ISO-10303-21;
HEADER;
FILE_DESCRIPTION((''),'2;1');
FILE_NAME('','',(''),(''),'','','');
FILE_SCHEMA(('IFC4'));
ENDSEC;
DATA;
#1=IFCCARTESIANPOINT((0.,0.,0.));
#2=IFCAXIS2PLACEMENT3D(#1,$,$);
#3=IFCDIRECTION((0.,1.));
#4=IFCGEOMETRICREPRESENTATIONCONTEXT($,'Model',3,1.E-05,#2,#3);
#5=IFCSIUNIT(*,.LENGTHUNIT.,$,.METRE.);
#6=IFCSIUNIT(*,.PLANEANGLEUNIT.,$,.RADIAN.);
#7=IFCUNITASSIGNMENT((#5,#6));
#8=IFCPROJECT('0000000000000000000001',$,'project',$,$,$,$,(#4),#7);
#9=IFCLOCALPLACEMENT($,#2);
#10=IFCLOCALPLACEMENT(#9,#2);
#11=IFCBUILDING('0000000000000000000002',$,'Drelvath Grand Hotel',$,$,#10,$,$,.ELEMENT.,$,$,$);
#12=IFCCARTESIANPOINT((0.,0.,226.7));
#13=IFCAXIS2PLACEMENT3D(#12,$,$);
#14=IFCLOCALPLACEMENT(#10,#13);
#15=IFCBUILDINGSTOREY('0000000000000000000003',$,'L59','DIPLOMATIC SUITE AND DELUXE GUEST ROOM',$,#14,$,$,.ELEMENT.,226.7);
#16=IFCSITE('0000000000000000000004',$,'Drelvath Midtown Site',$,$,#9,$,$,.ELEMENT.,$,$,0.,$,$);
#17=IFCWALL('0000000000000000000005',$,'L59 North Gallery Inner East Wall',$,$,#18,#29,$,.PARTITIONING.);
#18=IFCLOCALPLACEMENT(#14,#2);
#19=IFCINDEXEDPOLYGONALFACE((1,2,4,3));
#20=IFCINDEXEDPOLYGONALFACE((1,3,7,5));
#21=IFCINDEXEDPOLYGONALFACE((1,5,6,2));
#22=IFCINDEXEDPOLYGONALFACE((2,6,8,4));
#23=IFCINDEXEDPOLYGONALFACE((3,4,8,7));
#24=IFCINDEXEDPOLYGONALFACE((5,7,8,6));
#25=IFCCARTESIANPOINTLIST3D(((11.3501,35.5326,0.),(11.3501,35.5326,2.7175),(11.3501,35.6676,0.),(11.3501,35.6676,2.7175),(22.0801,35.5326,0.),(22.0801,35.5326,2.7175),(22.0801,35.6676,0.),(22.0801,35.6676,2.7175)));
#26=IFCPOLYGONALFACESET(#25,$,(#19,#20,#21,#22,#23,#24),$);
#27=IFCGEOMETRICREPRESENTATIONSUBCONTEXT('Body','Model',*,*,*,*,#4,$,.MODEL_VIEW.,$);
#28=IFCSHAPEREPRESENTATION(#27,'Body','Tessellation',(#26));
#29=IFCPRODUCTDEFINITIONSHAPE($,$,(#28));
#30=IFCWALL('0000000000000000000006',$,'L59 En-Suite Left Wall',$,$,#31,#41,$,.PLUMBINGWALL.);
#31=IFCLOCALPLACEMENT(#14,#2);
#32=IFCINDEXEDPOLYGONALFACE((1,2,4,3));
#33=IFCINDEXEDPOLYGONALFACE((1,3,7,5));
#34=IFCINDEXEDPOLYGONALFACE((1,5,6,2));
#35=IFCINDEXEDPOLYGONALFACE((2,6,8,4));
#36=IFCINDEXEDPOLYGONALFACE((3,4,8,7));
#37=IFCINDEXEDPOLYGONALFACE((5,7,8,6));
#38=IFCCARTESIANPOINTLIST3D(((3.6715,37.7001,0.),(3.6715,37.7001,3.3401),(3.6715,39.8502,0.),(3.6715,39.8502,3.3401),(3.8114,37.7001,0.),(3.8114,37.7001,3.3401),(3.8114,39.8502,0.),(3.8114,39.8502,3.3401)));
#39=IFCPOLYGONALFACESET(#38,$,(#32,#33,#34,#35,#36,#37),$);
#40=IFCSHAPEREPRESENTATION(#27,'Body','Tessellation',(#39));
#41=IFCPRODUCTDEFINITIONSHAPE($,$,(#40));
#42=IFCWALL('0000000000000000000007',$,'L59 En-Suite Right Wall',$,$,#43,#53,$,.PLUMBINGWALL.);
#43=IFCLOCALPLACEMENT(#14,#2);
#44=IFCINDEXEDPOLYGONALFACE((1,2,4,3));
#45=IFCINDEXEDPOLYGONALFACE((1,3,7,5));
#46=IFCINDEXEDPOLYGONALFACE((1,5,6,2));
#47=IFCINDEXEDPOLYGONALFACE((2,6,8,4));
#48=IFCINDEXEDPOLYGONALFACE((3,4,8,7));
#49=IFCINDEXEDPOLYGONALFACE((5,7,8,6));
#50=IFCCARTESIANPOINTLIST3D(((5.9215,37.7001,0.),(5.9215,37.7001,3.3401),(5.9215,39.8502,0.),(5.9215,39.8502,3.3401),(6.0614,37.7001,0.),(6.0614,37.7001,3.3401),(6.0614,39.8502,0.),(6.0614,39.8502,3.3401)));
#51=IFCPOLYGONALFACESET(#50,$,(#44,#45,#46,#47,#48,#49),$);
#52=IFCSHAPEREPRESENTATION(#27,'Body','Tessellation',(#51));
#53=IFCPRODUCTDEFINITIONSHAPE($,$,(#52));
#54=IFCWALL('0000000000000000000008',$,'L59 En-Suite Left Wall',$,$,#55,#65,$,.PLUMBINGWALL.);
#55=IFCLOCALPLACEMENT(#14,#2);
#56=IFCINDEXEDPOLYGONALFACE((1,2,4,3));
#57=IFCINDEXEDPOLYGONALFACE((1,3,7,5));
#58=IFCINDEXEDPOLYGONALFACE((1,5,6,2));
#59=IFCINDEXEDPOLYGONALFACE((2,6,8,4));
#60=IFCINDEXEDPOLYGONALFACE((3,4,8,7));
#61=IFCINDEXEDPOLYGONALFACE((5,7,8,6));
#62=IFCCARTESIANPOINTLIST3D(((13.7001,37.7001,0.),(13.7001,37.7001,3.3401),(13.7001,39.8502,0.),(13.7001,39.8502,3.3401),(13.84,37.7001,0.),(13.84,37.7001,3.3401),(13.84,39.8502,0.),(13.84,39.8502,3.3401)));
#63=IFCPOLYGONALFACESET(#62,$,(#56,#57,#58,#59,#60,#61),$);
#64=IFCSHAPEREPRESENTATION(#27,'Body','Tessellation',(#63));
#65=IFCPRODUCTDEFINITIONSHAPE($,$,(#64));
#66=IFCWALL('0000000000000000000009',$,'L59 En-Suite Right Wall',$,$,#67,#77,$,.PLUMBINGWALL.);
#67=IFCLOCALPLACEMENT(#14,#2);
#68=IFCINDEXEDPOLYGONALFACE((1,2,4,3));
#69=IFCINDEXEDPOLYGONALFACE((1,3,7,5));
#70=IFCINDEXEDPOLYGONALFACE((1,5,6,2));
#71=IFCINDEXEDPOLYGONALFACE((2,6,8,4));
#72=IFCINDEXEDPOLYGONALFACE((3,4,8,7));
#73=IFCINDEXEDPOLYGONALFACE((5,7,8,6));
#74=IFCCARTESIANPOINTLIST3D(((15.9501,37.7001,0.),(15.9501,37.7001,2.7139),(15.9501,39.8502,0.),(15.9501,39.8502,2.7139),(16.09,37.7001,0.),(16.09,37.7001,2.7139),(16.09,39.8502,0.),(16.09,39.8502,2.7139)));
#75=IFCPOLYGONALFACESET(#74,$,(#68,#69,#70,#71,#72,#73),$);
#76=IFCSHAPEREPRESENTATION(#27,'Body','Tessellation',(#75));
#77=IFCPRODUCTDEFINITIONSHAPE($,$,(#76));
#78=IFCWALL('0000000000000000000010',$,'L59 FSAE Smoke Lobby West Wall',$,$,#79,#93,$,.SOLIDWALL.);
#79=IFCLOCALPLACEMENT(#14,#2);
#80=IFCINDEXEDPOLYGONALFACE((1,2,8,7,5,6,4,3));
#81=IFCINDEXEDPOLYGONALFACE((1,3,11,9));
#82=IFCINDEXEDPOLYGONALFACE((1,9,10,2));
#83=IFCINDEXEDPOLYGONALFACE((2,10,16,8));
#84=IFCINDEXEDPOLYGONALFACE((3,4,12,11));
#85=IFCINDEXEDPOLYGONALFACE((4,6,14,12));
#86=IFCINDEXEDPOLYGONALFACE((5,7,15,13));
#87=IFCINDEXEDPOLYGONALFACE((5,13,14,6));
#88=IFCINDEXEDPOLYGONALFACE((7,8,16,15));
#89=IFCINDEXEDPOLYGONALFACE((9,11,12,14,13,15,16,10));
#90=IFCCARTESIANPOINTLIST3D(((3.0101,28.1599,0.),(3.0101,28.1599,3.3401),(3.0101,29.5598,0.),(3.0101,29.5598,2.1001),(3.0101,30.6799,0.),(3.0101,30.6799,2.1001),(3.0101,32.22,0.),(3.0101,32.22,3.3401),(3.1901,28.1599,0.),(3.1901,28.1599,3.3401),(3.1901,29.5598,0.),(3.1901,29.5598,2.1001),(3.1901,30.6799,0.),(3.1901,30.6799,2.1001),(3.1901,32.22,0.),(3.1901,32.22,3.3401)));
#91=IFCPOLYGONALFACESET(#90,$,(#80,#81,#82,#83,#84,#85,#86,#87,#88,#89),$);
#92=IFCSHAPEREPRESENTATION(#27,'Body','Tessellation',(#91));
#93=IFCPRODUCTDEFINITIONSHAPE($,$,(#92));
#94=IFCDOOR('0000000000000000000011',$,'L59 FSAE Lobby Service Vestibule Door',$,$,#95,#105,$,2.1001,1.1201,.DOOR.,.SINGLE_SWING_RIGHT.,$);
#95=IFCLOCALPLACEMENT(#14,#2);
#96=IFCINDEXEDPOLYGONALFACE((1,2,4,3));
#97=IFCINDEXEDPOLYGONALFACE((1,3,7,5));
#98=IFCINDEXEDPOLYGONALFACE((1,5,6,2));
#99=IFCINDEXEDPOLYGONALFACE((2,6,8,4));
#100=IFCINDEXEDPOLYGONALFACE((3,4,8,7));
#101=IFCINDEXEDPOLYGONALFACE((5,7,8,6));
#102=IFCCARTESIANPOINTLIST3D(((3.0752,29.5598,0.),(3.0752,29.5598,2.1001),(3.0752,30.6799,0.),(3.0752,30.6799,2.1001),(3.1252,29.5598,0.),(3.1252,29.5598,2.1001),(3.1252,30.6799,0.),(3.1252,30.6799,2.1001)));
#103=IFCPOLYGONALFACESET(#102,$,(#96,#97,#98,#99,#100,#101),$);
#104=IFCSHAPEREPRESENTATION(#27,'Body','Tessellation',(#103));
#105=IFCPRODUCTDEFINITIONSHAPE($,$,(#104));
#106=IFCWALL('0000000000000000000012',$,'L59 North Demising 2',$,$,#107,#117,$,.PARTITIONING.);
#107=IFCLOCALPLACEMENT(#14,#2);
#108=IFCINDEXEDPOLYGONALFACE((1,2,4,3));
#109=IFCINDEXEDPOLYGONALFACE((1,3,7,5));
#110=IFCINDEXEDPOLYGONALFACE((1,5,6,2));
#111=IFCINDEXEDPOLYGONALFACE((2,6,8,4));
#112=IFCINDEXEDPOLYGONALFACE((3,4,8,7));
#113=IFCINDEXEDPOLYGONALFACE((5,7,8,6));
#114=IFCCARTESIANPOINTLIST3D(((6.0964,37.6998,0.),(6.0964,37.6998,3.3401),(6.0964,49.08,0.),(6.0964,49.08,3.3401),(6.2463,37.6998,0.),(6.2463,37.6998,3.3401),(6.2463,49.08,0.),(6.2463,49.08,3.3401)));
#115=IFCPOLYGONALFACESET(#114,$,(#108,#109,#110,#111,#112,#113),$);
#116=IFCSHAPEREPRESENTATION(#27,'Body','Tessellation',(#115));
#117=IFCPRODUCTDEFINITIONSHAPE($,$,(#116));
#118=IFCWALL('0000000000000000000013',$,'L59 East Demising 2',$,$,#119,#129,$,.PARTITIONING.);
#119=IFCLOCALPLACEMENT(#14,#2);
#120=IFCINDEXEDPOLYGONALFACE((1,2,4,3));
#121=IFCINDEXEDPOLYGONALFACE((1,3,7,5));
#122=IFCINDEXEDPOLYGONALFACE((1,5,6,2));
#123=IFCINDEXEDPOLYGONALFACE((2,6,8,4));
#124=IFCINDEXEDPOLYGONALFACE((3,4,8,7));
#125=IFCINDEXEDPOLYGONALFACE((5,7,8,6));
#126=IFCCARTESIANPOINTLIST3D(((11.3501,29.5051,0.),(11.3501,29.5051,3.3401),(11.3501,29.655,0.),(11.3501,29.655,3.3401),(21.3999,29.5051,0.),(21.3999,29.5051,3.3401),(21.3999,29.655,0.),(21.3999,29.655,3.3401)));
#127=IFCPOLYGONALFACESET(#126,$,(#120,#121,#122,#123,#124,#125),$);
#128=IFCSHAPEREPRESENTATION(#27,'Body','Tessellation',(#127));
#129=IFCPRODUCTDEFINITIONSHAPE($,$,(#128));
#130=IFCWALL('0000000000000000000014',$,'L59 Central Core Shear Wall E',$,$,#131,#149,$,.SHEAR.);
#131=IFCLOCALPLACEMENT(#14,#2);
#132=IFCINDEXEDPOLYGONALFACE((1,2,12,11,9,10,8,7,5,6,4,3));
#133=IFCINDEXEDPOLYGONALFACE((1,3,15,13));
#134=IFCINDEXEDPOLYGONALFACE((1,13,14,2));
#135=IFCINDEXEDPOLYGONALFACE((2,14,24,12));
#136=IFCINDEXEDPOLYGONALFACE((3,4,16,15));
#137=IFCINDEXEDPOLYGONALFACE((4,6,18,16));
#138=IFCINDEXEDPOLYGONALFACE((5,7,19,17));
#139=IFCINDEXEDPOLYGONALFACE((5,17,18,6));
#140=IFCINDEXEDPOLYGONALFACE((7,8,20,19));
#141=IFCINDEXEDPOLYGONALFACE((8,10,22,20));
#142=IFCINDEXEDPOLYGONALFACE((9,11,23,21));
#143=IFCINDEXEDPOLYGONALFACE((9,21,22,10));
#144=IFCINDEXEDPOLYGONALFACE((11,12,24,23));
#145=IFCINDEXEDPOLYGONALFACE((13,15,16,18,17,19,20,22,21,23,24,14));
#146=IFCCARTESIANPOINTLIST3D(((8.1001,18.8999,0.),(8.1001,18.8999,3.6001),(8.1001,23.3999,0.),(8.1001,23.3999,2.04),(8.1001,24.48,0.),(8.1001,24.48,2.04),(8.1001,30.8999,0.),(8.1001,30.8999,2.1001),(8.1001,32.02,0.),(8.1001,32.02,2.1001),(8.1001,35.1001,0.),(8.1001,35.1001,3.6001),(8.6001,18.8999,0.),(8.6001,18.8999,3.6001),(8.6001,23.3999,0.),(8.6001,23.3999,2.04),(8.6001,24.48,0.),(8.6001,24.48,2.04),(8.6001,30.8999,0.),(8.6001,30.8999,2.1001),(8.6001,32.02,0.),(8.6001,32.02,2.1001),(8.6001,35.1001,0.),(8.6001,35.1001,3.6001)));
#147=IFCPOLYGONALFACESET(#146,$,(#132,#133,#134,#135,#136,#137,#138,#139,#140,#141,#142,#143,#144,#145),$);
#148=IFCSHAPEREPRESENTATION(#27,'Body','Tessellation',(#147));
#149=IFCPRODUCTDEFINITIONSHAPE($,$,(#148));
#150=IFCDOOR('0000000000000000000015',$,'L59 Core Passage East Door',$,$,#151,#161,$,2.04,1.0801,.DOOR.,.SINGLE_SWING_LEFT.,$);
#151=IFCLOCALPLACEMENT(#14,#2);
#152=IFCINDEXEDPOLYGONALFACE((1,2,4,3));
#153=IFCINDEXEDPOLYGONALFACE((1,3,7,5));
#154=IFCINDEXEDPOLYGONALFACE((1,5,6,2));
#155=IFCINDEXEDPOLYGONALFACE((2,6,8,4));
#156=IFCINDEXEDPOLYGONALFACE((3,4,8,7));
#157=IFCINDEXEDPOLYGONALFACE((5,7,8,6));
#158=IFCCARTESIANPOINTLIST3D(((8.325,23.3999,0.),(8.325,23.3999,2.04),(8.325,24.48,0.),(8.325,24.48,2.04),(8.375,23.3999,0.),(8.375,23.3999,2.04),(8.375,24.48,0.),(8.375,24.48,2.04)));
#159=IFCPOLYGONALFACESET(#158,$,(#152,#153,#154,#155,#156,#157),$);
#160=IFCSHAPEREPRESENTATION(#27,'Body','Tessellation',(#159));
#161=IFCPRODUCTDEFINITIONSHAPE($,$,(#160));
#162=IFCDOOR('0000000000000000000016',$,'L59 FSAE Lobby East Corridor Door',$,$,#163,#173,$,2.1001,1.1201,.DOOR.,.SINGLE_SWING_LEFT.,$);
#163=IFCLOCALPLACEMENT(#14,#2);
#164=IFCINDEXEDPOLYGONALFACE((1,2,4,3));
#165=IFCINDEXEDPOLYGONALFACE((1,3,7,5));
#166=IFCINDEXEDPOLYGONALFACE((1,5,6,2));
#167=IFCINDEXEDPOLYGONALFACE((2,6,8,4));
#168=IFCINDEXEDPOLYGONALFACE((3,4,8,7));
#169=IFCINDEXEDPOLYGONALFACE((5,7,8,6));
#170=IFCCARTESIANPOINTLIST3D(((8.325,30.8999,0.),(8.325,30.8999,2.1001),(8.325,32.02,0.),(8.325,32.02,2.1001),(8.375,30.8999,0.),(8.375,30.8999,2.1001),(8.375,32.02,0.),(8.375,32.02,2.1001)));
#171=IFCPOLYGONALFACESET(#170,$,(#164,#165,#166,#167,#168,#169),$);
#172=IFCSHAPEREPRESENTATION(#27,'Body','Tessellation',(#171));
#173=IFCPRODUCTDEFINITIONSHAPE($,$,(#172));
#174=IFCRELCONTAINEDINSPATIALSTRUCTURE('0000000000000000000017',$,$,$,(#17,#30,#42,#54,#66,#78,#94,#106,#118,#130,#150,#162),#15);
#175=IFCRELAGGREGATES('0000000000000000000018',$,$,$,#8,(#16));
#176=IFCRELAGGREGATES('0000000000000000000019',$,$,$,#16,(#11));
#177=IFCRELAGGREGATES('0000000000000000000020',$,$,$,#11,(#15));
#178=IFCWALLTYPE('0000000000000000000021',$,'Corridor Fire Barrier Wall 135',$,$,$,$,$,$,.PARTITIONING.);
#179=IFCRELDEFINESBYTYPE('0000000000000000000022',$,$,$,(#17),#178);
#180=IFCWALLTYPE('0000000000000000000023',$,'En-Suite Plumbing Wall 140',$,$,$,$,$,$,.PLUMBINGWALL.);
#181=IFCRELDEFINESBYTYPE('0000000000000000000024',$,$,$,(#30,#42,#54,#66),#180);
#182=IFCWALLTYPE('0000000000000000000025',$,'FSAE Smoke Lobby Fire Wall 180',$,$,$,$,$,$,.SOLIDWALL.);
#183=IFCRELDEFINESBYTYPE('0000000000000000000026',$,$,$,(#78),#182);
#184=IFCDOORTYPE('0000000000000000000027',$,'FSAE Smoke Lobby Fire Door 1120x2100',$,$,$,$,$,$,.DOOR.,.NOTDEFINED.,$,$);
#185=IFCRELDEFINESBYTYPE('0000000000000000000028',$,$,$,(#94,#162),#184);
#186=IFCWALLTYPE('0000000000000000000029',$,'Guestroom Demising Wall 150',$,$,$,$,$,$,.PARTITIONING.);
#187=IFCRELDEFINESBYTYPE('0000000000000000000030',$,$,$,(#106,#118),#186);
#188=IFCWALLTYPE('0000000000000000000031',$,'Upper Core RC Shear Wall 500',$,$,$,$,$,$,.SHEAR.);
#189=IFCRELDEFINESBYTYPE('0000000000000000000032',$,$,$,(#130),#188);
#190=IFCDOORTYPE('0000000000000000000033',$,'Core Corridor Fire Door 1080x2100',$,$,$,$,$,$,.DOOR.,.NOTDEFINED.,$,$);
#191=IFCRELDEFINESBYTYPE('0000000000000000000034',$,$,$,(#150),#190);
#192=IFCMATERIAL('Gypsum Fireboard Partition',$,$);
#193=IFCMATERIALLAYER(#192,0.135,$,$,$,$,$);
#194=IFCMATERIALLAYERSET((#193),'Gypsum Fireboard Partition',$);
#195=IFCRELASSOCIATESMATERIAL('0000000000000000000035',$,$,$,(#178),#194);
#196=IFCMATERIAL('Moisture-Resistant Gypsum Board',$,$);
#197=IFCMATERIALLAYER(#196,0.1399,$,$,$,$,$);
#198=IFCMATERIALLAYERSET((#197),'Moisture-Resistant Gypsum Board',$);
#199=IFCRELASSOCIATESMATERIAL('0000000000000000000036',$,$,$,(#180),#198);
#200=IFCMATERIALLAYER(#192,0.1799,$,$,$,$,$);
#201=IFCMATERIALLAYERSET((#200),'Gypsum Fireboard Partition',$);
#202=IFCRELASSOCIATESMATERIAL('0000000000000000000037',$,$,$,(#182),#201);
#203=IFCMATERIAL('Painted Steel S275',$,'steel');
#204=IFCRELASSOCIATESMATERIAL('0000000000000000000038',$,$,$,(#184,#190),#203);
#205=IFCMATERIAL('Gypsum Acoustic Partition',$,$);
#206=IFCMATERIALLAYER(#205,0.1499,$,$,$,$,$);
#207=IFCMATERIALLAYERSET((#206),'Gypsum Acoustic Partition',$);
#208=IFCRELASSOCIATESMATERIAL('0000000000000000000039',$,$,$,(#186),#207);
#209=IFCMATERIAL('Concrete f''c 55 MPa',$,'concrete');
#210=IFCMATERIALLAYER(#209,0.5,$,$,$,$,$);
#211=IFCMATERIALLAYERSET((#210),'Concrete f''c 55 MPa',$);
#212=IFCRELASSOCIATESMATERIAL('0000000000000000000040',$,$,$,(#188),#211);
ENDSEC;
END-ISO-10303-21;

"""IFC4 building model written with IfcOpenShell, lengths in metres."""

from ifc_helpers import new_model, si_unit, direction, frame, frame_2d, origin, place, context, subcontext, project, spatial, rectangle, extrude, material, layer, layer_set, type_object, element, fill, save


model = new_model("IFC4")

# Units and contexts
model_context = context("Model", 3, precision=1e-05, world=origin(), true_north=direction((0.0, 1.0)))
body_context = subcontext(model_context, "Body", "Model", "MODEL_VIEW")
ifc_project = project(units=[si_unit("LENGTHUNIT", "METRE"), si_unit("PLANEANGLEUNIT", "RADIAN")], contexts=[model_context])

# Site, building, storey
site_placement = place(None, origin())
site = spatial("IfcSite", under=ifc_project, at=site_placement, Name="Drelvath Midtown Site", CompositionType="ELEMENT", RefElevation=0.0)
building_placement = place(site_placement, origin())
building = spatial("IfcBuilding", under=site, at=building_placement, Name="Drelvath Grand Hotel", CompositionType="ELEMENT")
storey_placement = place(building_placement, frame((0.0, 0.0, 226.7)))
storey = spatial("IfcBuildingStorey", under=building, at=storey_placement, Name="L59", Description="DIPLOMATIC SUITE AND DELUXE GUEST ROOM", CompositionType="ELEMENT", Elevation=226.7)

# Shared definitions
ifc_material_1 = material(Name="Concrete f'c 55 MPa", Category="concrete")

# Shared definitions
ifc_material_2 = material(Name="Painted Steel S275", Category="steel")

# Walls
ifc_material_3 = material(Name="Gypsum Fireboard Partition")
ifc_layer_1 = layer(ifc_material_3, 0.135)
ifc_layer_set_1 = layer_set([ifc_layer_1], Name="Gypsum Fireboard Partition")
wall_type_1 = type_object("IfcWallType", Name="Corridor Fire Barrier Wall 135", PredefinedType="PARTITIONING", material=ifc_layer_set_1)
wall_1_placement = place(storey_placement, frame((11.3501, 35.6001, 0.0), z_axis=(0.0, 0.0, 1.0), x_axis=(1.0, 0.0, 0.0)))
element("IfcWall", 1, at=wall_1_placement, inside=storey, type_object=wall_type_1, Name="L59 North Gallery Inner East Wall", PredefinedType="PARTITIONING", context=body_context, shape_type="SweptSolid", body=[
    extrude(rectangle(XDim=10.73, YDim=0.135, at=frame_2d((5.365, 0.0))), origin(), (0.0, 0.0, 1.0), 2.7175),
])
ifc_material_4 = material(Name="Moisture-Resistant Gypsum Board")
ifc_layer_2 = layer(ifc_material_4, 0.1399)
ifc_layer_set_2 = layer_set([ifc_layer_2], Name="Moisture-Resistant Gypsum Board")
wall_type_2 = type_object("IfcWallType", Name="En-Suite Plumbing Wall 140", PredefinedType="PLUMBINGWALL", material=ifc_layer_set_2)
for number, where, z_axis, x_axis, name in (
    (2, (3.7415, 37.7, 0.0), (0.0, 0.0, 1.0), (0.0, 1.0, 0.0), "L59 En-Suite Left Wall"),
    (3, (5.9915, 37.7, 0.0), (0.0, 0.0, 1.0), (0.0, 1.0, 0.0), "L59 En-Suite Right Wall"),
    (4, (13.77, 37.7, 0.0), (0.0, 0.0, 1.0), (0.0, 1.0, 0.0), "L59 En-Suite Left Wall"),
):
    element("IfcWall", number, at=place(storey_placement, frame(where, z_axis=z_axis, x_axis=x_axis)), inside=storey, type_object=wall_type_2, Name=name, PredefinedType="PLUMBINGWALL", context=body_context, shape_type="SweptSolid", body=[
        extrude(rectangle(XDim=2.1501, YDim=0.1399, at=frame_2d((1.0752, 0.0))), origin(), (0.0, 0.0, 1.0), 3.3401),
    ])
wall_2_placement = place(storey_placement, frame((16.02, 37.7, 0.0), z_axis=(0.0, 0.0, 1.0), x_axis=(0.0, 1.0, 0.0)))
element("IfcWall", 5, at=wall_2_placement, inside=storey, type_object=wall_type_2, Name="L59 En-Suite Right Wall", PredefinedType="PLUMBINGWALL", context=body_context, shape_type="SweptSolid", body=[
    extrude(rectangle(XDim=2.1501, YDim=0.1399, at=frame_2d((1.0752, 0.0))), origin(), (0.0, 0.0, 1.0), 2.7139),
])

# Wall, opening, door
ifc_layer_3 = layer(ifc_material_3, 0.1799)
ifc_layer_set_3 = layer_set([ifc_layer_3], Name="Gypsum Fireboard Partition")
wall_type_3 = type_object("IfcWallType", Name="FSAE Smoke Lobby Fire Wall 180", PredefinedType="SOLIDWALL", material=ifc_layer_set_3)
wall_3_placement = place(storey_placement, frame((3.1001, 28.1599, 0.0), z_axis=(0.0, 0.0, 1.0), x_axis=(0.0, 1.0, 0.0)))
wall_3 = element("IfcWall", 6, at=wall_3_placement, inside=storey, type_object=wall_type_3, Name="L59 FSAE Smoke Lobby West Wall", PredefinedType="SOLIDWALL", context=body_context, shape_type="SweptSolid", body=[
    extrude(rectangle(XDim=4.0601, YDim=0.1799, at=frame_2d((2.03, 0.0))), origin(), (0.0, 0.0, 1.0), 3.3401),
])
opening_1_placement = place(wall_3_placement, frame((1.3999, 0.0, 0.0)))
opening_1 = element("IfcOpeningElement", 7, at=opening_1_placement, cuts=wall_3, PredefinedType="OPENING", context=body_context, shape_type="SweptSolid", body=[
    extrude(rectangle(XDim=1.1201, YDim=2.1001, at=frame_2d((0.5601, 1.05))), frame((0.0, 0.0999, 0.0), z_axis=(0.0, -1.0, 0.0), x_axis=(1.0, 0.0, 0.0)), (0.0, 0.0, 1.0), 0.2),
])
door_type_1 = type_object("IfcDoorType", Name="FSAE Smoke Lobby Fire Door 1120x2100", OperationType="NOTDEFINED", PredefinedType="DOOR", material=ifc_material_2)
door_1_placement = place(opening_1_placement, origin())
door_1 = element("IfcDoor", 8, at=door_1_placement, inside=storey, type_object=door_type_1, Name="L59 FSAE Lobby Service Vestibule Door", OperationType="SINGLE_SWING_RIGHT", OverallHeight=2.1001, OverallWidth=1.1201, PredefinedType="DOOR", context=body_context, shape_type="SweptSolid", body=[
    extrude(rectangle(XDim=1.1201, YDim=2.1001, at=frame_2d((0.5601, 1.05))), frame((0.0, 0.0249, 0.0), z_axis=(0.0, -1.0, 0.0), x_axis=(1.0, 0.0, 0.0)), (0.0, 0.0, 1.0), 0.05),
])
fill(opening_1, door_1)

# Walls
ifc_material_5 = material(Name="Gypsum Acoustic Partition")
ifc_layer_4 = layer(ifc_material_5, 0.1499)
ifc_layer_set_4 = layer_set([ifc_layer_4], Name="Gypsum Acoustic Partition")
wall_type_4 = type_object("IfcWallType", Name="Guestroom Demising Wall 150", PredefinedType="PARTITIONING", material=ifc_layer_set_4)
wall_4_placement = place(storey_placement, frame((6.1714, 37.7, 0.0), z_axis=(0.0, 0.0, 1.0), x_axis=(0.0, 1.0, 0.0)))
element("IfcWall", 9, at=wall_4_placement, inside=storey, type_object=wall_type_4, Name="L59 North Demising 2", PredefinedType="PARTITIONING", context=body_context, shape_type="SweptSolid", body=[
    extrude(rectangle(XDim=11.3801, YDim=0.1499, at=frame_2d((5.6899, 0.0))), origin(), (0.0, 0.0, 1.0), 3.3401),
])
wall_5_placement = place(storey_placement, frame((11.3501, 29.5801, 0.0), z_axis=(0.0, 0.0, 1.0), x_axis=(1.0, 0.0, 0.0)))
element("IfcWall", 10, at=wall_5_placement, inside=storey, type_object=wall_type_4, Name="L59 East Demising 2", PredefinedType="PARTITIONING", context=body_context, shape_type="SweptSolid", body=[
    extrude(rectangle(XDim=10.0498, YDim=0.1499, at=frame_2d((5.0249, 0.0))), origin(), (0.0, 0.0, 1.0), 3.3401),
])

# Wall, openings, doors
ifc_layer_5 = layer(ifc_material_1, 0.5)
ifc_layer_set_5 = layer_set([ifc_layer_5], Name="Concrete f'c 55 MPa")
wall_type_5 = type_object("IfcWallType", Name="Upper Core RC Shear Wall 500", PredefinedType="SHEAR", material=ifc_layer_set_5)
wall_6_placement = place(storey_placement, frame((8.3501, 35.1001, 0.0), z_axis=(0.0, 0.0, 1.0), x_axis=(0.0, -1.0, 0.0)))
wall_6 = element("IfcWall", 11, at=wall_6_placement, inside=storey, type_object=wall_type_5, Name="L59 Central Core Shear Wall E", PredefinedType="SHEAR", context=body_context, shape_type="SweptSolid", body=[
    extrude(rectangle(XDim=16.2002, YDim=0.5, at=frame_2d((8.1001, 0.0))), origin(), (0.0, 0.0, 1.0), 3.6001),
])
opening_2_placement = place(wall_6_placement, frame((3.0801, 0.0, 0.0)))
opening_2 = element("IfcOpeningElement", 12, at=opening_2_placement, cuts=wall_6, PredefinedType="OPENING", context=body_context, shape_type="SweptSolid", body=[
    extrude(rectangle(XDim=1.1201, YDim=2.1001, at=frame_2d((0.5601, 1.05))), frame((0.0, 0.26, 0.0), z_axis=(0.0, -1.0, 0.0), x_axis=(1.0, 0.0, 0.0)), (0.0, 0.0, 1.0), 0.52),
])
opening_3_placement = place(wall_6_placement, frame((10.6201, 0.0, 0.0)))
opening_3 = element("IfcOpeningElement", 13, at=opening_3_placement, cuts=wall_6, PredefinedType="OPENING", context=body_context, shape_type="SweptSolid", body=[
    extrude(rectangle(XDim=1.0801, YDim=2.04, at=frame_2d((0.54, 1.02))), frame((0.0, 0.26, 0.0), z_axis=(0.0, -1.0, 0.0), x_axis=(1.0, 0.0, 0.0)), (0.0, 0.0, 1.0), 0.52),
])
door_type_2 = type_object("IfcDoorType", Name="Core Corridor Fire Door 1080x2100", OperationType="NOTDEFINED", PredefinedType="DOOR", material=ifc_material_2)
door_2_placement = place(opening_3_placement, origin())
door_2 = element("IfcDoor", 14, at=door_2_placement, inside=storey, type_object=door_type_2, Name="L59 Core Passage East Door", OperationType="SINGLE_SWING_LEFT", OverallHeight=2.04, OverallWidth=1.0801, PredefinedType="DOOR", context=body_context, shape_type="SweptSolid", body=[
    extrude(rectangle(XDim=1.0801, YDim=2.04, at=frame_2d((0.54, 1.02))), frame((0.0, 0.0249, 0.0), z_axis=(0.0, -1.0, 0.0), x_axis=(1.0, 0.0, 0.0)), (0.0, 0.0, 1.0), 0.05),
])
fill(opening_3, door_2)
door_3_placement = place(opening_2_placement, origin())
door_3 = element("IfcDoor", 15, at=door_3_placement, inside=storey, type_object=door_type_1, Name="L59 FSAE Lobby East Corridor Door", OperationType="SINGLE_SWING_LEFT", OverallHeight=2.1001, OverallWidth=1.1201, PredefinedType="DOOR", context=body_context, shape_type="SweptSolid", body=[
    extrude(rectangle(XDim=1.1201, YDim=2.1001, at=frame_2d((0.5601, 1.05))), frame((0.0, 0.0249, 0.0), z_axis=(0.0, -1.0, 0.0), x_axis=(1.0, 0.0, 0.0)), (0.0, 0.0, 1.0), 0.05),
])
fill(opening_2, door_3)

save(model, "model.ifc")
